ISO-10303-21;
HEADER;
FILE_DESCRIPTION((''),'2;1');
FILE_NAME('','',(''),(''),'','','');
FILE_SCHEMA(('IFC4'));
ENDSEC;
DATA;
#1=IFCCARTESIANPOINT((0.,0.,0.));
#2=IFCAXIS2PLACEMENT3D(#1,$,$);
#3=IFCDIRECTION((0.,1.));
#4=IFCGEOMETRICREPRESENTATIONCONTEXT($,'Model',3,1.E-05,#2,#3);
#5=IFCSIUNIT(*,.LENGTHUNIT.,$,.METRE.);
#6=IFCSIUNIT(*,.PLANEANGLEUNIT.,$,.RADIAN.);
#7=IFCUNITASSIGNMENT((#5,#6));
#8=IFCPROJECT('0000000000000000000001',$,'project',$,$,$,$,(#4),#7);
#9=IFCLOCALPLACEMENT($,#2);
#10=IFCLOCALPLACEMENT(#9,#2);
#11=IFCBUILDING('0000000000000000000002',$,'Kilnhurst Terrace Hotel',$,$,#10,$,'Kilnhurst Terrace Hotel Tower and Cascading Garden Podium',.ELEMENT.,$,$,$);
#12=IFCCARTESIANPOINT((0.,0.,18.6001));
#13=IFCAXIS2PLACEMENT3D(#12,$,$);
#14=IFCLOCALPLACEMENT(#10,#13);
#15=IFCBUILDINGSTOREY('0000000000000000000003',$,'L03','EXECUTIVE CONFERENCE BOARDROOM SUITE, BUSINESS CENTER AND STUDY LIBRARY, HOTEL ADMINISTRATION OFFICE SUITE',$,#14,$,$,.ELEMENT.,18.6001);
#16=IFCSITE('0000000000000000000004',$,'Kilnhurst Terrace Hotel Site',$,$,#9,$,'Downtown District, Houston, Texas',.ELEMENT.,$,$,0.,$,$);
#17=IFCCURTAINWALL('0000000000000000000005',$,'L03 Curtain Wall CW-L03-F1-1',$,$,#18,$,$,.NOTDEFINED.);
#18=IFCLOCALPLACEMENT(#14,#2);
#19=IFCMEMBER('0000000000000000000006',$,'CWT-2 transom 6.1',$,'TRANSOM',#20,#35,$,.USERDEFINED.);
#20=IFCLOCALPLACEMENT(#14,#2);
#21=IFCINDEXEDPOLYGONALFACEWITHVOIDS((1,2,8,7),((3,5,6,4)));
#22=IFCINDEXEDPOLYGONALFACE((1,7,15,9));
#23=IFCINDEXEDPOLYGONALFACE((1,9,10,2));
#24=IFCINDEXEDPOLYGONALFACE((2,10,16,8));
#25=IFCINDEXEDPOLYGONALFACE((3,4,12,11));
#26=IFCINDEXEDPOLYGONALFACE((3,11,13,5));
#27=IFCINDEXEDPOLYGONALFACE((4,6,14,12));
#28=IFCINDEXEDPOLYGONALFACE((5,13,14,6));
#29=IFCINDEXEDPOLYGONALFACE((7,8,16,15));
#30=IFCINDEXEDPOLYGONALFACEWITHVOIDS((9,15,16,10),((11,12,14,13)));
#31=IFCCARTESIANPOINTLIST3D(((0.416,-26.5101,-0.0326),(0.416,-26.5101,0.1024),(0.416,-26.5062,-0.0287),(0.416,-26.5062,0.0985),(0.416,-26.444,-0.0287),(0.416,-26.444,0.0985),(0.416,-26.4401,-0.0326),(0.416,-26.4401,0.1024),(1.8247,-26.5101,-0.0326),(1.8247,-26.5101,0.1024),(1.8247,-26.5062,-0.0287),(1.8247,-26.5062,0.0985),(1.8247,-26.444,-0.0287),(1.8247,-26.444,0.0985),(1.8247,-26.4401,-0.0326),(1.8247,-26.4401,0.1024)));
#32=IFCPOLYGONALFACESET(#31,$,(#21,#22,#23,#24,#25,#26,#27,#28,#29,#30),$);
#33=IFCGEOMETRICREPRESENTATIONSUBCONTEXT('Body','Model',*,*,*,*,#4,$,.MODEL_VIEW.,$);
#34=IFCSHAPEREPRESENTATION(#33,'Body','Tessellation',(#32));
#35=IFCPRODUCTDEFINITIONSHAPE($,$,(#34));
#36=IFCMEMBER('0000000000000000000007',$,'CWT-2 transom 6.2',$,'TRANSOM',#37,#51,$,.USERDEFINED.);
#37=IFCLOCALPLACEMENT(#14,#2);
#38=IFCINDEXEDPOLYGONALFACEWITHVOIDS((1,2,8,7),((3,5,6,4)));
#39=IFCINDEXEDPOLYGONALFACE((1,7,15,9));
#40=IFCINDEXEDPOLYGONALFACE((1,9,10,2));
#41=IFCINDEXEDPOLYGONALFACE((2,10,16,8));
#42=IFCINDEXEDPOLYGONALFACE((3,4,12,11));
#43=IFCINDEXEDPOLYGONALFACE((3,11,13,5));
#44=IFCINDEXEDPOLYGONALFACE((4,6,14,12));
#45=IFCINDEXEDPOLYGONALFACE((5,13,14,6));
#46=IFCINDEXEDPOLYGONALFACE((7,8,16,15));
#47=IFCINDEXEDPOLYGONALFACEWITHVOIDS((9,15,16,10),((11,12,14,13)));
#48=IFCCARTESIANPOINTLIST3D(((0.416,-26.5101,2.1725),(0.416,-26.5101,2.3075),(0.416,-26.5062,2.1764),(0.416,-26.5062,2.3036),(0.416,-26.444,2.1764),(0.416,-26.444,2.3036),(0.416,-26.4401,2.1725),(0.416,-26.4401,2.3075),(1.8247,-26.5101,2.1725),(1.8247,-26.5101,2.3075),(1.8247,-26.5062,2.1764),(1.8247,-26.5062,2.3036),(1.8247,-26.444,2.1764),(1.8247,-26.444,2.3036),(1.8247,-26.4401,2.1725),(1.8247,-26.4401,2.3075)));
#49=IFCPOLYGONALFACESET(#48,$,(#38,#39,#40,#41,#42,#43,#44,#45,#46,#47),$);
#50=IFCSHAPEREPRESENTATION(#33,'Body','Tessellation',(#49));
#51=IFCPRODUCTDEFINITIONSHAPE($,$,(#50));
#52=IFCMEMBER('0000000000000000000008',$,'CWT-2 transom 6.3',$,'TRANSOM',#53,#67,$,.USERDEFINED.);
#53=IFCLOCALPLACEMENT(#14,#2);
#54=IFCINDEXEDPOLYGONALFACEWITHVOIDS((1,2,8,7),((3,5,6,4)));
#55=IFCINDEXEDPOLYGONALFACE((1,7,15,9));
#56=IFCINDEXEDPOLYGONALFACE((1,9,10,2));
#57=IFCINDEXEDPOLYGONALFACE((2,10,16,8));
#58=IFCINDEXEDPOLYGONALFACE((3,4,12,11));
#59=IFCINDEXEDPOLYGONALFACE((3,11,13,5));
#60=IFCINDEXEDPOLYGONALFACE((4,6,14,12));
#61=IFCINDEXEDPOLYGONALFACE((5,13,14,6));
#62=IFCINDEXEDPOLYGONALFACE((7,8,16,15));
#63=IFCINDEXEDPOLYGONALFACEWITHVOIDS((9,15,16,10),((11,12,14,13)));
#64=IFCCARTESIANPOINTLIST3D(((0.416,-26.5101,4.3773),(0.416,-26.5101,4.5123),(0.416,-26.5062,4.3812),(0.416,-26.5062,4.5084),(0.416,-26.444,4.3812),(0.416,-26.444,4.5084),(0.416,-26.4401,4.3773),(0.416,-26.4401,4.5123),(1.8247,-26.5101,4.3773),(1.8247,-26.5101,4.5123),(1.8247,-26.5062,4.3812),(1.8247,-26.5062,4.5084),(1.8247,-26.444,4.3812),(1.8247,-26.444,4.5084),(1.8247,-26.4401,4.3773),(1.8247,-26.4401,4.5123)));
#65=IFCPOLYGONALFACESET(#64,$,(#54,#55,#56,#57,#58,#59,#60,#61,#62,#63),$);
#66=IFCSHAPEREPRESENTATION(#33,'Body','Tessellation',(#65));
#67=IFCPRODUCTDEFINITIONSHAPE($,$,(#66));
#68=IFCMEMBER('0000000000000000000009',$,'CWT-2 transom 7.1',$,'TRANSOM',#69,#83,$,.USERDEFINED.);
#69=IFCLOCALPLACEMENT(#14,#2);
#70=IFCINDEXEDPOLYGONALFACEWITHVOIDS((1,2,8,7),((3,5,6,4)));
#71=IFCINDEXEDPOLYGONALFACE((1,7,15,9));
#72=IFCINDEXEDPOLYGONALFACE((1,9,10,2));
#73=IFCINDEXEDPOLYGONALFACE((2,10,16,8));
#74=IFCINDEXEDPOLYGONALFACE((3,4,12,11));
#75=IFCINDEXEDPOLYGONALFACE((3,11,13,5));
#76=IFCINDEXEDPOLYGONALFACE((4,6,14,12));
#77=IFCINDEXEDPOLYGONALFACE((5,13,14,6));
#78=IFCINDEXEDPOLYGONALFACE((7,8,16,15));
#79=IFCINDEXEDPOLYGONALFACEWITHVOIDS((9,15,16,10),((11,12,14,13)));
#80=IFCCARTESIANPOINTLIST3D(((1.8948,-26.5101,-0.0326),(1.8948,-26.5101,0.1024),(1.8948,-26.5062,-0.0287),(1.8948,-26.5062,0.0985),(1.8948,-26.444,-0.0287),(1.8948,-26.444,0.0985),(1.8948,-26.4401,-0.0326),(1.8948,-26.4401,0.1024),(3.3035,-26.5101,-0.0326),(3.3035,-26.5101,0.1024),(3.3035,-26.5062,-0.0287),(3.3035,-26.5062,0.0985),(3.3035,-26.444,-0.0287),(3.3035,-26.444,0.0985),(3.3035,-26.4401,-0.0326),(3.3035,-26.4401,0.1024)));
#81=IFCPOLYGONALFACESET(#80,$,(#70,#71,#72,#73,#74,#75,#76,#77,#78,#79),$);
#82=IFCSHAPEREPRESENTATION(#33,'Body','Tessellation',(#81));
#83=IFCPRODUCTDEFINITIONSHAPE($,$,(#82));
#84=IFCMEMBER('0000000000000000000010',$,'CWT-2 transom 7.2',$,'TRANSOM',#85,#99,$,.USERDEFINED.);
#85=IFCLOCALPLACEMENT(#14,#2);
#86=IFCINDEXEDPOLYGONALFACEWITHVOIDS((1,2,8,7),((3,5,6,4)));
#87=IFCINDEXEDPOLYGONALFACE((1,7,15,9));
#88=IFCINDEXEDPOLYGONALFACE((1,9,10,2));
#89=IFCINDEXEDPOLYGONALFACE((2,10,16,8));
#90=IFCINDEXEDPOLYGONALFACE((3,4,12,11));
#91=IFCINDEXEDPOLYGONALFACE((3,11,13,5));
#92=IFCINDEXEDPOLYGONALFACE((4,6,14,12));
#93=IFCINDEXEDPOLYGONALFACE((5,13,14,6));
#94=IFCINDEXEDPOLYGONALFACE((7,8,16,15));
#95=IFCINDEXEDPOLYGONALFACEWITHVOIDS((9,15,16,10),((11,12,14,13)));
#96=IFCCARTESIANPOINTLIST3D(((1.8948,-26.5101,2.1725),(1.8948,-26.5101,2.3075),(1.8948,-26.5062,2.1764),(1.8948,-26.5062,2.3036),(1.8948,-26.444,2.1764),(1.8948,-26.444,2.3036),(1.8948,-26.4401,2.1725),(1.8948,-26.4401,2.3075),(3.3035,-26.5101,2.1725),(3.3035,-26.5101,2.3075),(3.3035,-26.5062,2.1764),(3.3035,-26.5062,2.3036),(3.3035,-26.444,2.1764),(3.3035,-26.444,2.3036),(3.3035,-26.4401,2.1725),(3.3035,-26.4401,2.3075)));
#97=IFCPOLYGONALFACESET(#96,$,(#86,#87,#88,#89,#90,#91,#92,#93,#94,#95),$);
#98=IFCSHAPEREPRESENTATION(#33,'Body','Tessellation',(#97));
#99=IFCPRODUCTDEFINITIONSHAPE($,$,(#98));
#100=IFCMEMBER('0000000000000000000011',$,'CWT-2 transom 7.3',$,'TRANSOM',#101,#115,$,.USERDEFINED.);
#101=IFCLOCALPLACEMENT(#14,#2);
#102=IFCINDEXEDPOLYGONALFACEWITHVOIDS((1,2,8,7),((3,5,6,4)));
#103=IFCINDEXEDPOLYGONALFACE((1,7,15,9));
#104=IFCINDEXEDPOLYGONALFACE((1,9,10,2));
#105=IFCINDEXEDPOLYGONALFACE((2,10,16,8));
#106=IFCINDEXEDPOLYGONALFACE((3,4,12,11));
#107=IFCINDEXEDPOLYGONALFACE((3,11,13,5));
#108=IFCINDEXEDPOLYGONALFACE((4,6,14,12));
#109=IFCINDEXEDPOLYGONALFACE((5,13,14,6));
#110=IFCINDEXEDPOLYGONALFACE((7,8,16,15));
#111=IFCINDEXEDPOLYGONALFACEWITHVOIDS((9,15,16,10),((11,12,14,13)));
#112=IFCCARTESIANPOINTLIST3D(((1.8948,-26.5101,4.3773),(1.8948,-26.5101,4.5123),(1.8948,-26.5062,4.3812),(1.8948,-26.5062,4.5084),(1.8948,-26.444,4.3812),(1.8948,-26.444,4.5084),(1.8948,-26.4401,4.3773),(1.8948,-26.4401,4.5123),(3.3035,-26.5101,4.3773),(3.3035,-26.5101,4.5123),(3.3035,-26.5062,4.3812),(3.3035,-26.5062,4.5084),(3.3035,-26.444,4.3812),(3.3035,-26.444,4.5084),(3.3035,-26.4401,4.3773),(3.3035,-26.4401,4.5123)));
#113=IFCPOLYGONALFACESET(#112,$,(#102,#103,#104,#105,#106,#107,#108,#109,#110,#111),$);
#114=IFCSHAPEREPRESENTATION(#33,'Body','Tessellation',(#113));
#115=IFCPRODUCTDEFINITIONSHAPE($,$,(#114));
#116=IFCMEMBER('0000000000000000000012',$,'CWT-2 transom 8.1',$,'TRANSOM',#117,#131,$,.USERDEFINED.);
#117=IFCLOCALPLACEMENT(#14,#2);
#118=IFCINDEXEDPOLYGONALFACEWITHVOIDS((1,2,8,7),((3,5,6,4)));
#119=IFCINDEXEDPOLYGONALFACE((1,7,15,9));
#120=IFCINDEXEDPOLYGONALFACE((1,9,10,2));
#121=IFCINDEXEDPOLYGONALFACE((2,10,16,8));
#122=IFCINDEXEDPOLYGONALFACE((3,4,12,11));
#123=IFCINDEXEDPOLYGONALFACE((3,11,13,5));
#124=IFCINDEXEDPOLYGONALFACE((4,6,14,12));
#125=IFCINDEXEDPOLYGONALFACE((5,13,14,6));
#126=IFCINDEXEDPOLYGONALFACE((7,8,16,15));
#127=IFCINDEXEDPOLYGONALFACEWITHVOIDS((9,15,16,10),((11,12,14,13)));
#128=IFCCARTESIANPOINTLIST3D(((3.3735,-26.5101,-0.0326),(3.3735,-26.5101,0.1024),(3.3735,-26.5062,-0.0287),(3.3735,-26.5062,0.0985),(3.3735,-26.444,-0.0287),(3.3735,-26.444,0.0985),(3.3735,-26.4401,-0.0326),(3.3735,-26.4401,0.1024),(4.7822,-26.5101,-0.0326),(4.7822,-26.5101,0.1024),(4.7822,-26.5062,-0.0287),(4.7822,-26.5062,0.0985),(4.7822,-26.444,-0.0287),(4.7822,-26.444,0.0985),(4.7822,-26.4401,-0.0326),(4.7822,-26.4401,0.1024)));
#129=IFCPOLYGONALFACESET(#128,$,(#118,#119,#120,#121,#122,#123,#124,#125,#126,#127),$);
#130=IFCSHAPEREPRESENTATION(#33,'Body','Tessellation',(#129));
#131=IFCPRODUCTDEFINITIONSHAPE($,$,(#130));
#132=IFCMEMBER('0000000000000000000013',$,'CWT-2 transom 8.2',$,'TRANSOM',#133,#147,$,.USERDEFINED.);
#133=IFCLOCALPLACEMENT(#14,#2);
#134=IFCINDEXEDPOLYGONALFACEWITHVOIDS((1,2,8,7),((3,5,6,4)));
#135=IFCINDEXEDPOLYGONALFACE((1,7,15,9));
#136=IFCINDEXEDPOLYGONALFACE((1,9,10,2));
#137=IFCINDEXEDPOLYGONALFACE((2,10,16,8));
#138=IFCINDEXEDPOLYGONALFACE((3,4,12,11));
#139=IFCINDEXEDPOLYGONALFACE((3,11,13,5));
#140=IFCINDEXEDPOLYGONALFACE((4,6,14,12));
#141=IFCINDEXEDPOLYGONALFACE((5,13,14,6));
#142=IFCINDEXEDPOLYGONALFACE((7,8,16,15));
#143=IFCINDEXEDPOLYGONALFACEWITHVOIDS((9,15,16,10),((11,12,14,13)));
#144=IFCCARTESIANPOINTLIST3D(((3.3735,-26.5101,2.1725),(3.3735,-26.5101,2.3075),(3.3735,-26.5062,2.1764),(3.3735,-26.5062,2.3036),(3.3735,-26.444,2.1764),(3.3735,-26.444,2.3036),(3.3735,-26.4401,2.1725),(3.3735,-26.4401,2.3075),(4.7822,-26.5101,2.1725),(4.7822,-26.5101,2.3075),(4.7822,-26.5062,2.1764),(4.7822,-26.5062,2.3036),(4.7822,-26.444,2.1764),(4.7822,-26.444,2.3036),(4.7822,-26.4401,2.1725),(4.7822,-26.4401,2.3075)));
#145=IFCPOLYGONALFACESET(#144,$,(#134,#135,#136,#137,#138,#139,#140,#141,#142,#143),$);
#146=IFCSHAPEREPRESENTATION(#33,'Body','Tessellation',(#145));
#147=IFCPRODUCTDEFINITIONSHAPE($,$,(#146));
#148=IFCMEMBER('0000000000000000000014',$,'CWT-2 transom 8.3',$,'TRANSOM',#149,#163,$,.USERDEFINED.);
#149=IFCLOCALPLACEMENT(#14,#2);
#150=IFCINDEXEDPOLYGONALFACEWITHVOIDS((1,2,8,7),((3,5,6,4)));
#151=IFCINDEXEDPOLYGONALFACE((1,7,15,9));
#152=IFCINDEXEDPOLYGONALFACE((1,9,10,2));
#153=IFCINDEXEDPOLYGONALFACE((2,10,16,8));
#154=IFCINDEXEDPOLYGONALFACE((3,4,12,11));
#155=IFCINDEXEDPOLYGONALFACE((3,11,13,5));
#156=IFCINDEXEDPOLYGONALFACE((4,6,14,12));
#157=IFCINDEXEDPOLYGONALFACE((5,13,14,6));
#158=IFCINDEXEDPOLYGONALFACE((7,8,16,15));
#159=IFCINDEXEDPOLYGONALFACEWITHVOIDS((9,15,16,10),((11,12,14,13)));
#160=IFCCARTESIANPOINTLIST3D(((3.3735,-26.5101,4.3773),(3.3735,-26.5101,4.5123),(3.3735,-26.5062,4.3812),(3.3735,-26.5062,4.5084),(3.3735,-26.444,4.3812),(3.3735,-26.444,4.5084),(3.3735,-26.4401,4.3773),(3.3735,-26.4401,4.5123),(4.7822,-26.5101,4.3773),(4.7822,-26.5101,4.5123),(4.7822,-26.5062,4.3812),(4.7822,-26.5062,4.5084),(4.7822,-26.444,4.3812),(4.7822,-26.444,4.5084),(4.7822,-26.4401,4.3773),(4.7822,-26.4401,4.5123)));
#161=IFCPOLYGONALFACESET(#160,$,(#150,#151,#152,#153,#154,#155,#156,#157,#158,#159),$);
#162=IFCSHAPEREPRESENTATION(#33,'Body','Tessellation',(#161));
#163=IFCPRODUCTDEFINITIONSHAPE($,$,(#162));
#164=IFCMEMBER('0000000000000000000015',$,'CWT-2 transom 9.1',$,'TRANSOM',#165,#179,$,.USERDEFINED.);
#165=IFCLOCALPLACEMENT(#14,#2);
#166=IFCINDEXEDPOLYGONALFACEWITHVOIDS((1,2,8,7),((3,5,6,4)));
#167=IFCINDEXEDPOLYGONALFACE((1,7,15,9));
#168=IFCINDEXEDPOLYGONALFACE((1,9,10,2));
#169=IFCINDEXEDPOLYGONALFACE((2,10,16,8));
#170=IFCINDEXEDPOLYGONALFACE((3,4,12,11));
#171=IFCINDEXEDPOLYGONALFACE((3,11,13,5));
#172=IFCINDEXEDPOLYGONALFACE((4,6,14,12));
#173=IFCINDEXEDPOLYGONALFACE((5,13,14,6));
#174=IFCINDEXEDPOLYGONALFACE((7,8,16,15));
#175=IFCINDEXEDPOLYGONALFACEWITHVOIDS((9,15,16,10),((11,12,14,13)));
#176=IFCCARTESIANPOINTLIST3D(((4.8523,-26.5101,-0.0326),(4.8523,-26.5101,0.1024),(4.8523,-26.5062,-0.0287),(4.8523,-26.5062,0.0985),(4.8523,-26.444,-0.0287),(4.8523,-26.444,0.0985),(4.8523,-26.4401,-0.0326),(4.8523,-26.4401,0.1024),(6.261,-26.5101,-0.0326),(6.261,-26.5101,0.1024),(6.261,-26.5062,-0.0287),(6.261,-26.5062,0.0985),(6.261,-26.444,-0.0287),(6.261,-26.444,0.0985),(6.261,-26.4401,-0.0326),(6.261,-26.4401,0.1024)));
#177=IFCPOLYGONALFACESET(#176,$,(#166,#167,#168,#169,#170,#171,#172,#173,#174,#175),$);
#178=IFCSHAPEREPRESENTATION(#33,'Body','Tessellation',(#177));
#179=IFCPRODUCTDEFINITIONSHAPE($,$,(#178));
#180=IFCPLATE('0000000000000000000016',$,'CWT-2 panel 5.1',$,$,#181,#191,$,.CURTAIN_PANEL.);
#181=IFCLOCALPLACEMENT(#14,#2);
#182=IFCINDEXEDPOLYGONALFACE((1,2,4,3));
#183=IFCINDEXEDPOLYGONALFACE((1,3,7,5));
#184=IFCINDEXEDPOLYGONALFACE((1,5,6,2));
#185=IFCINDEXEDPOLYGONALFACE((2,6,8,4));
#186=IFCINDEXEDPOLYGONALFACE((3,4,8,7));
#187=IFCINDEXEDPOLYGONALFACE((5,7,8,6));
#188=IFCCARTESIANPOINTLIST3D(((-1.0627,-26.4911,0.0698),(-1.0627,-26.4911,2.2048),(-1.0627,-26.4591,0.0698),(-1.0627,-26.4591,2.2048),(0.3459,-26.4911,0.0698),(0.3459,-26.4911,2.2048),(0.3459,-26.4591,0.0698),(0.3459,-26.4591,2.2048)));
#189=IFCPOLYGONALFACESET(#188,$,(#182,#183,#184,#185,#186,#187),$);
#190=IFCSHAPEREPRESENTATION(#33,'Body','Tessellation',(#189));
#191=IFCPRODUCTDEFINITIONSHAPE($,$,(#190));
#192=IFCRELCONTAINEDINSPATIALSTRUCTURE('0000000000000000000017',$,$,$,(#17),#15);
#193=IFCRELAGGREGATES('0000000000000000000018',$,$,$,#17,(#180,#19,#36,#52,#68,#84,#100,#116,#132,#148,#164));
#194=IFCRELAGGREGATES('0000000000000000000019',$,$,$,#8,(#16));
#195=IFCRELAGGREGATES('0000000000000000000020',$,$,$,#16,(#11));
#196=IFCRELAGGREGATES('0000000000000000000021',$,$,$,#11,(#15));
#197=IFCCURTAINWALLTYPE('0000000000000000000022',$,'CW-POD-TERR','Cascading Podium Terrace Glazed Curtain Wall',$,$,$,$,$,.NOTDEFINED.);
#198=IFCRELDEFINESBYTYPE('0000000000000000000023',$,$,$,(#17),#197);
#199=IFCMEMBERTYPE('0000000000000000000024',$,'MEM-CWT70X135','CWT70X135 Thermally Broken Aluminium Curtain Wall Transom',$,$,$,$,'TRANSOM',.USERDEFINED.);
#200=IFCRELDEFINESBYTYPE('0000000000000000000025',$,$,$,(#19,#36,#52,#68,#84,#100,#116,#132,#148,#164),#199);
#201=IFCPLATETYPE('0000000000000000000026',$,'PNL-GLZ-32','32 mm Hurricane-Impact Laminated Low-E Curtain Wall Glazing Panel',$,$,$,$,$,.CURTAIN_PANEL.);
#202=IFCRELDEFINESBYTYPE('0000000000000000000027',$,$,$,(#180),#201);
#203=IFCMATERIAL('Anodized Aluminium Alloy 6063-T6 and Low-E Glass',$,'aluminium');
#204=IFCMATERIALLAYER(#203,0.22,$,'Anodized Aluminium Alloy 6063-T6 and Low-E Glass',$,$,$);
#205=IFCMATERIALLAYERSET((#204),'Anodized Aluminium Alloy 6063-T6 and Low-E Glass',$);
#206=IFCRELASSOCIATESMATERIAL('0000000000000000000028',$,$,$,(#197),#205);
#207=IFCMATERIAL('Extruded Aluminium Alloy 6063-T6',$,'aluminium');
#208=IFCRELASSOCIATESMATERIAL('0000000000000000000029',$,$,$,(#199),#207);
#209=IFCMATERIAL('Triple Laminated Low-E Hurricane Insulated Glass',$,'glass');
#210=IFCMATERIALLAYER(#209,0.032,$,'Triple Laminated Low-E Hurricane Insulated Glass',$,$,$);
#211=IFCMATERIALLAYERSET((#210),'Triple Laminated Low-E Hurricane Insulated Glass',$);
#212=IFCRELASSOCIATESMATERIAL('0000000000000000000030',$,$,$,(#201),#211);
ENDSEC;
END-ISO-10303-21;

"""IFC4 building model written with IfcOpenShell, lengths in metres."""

from ifc_helpers import new_model, si_unit, direction, frame, origin, origin_2d, place, context, subcontext, project, spatial, rectangle, hollow_rectangle, extrude, material, layer, layer_set, material_profile, profile_set, type_object, element, aggregate, save


model = new_model("IFC4")

# Units and contexts
model_context = context("Model", 3, precision=1e-05, world=origin(), true_north=direction((0.0, 1.0)))
body_context = subcontext(model_context, "Body", "Model", "MODEL_VIEW")
ifc_project = project(units=[si_unit("LENGTHUNIT", "METRE"), si_unit("PLANEANGLEUNIT", "RADIAN")], contexts=[model_context])

# Site, building, storey
site_placement = place(None, origin())
site = spatial("IfcSite", under=ifc_project, at=site_placement, Name="Kilnhurst Terrace Hotel Site", LongName="Downtown District, Houston, Texas", CompositionType="ELEMENT", RefElevation=0.0)
building_placement = place(site_placement, origin())
building = spatial("IfcBuilding", under=site, at=building_placement, Name="Kilnhurst Terrace Hotel", LongName="Kilnhurst Terrace Hotel Tower and Cascading Garden Podium", CompositionType="ELEMENT")
storey_placement = place(building_placement, frame((0.0, 0.0, 18.6001)))
storey = spatial("IfcBuildingStorey", under=building, at=storey_placement, Name="L03", Description="EXECUTIVE CONFERENCE BOARDROOM SUITE, BUSINESS CENTER AND STUDY LIBRARY, HOTEL ADMINISTRATION OFFICE SUITE", CompositionType="ELEMENT", Elevation=18.6001)

# Curtain wall, members, plate
ifc_material_1 = material(Name="Anodized Aluminium Alloy 6063-T6 and Low-E Glass", Category="aluminium")
ifc_layer_1 = layer(ifc_material_1, 0.22, Name="Anodized Aluminium Alloy 6063-T6 and Low-E Glass")
ifc_layer_set_1 = layer_set([ifc_layer_1], Name="Anodized Aluminium Alloy 6063-T6 and Low-E Glass")
curtain_wall_type = type_object("IfcCurtainWallType", Name="CW-POD-TERR", Description="Cascading Podium Terrace Glazed Curtain Wall", PredefinedType="NOTDEFINED", material=ifc_layer_set_1)
curtain_wall_placement = place(storey_placement, origin())
curtain_wall = element("IfcCurtainWall", 1, at=curtain_wall_placement, inside=storey, type_object=curtain_wall_type, Name="L03 Curtain Wall CW-L03-F1-1", PredefinedType="NOTDEFINED")
ifc_material_2 = material(Name="Extruded Aluminium Alloy 6063-T6", Category="aluminium")
ifc_material_profile_1 = material_profile(ifc_material_2, hollow_rectangle(XDim=0.0701, YDim=0.135, WallThickness=0.0039, at=origin_2d()), Name="CWT70X135")
ifc_profile_set_1 = profile_set([ifc_material_profile_1], Name="Extruded Aluminium Alloy 6063-T6")
member_type_1 = type_object("IfcMemberType", Name="MEM-CWT70X135", Description="CWT70X135 Thermally Broken Aluminium Curtain Wall Transom", ElementType="TRANSOM", PredefinedType="USERDEFINED", material=ifc_profile_set_1)
member_1_placement = place(storey_placement, frame((0.416, -26.4751, 0.0349), z_axis=(1.0, 0.0, 0.0), x_axis=(0.0, 1.0, 0.0)))
member_1 = element("IfcMember", 2, at=member_1_placement, type_object=member_type_1, Name="CWT-2 transom 6.1", ObjectType="TRANSOM", PredefinedType="USERDEFINED", context=body_context, shape_type="SweptSolid", body=[
    extrude(hollow_rectangle(XDim=0.0701, YDim=0.135, WallThickness=0.0039, at=origin_2d()), origin(), (0.0, 0.0, 1.0), 1.4087),
])
member_2_placement = place(storey_placement, frame((0.416, -26.4751, 2.24), z_axis=(1.0, 0.0, 0.0), x_axis=(0.0, 1.0, 0.0)))
member_2 = element("IfcMember", 3, at=member_2_placement, type_object=member_type_1, Name="CWT-2 transom 6.2", ObjectType="TRANSOM", PredefinedType="USERDEFINED", context=body_context, shape_type="SweptSolid", body=[
    extrude(hollow_rectangle(XDim=0.0701, YDim=0.135, WallThickness=0.0039, at=origin_2d()), origin(), (0.0, 0.0, 1.0), 1.4087),
])
member_3_placement = place(storey_placement, frame((0.416, -26.4751, 4.4448), z_axis=(1.0, 0.0, 0.0), x_axis=(0.0, 1.0, 0.0)))
member_3 = element("IfcMember", 4, at=member_3_placement, type_object=member_type_1, Name="CWT-2 transom 6.3", ObjectType="TRANSOM", PredefinedType="USERDEFINED", context=body_context, shape_type="SweptSolid", body=[
    extrude(hollow_rectangle(XDim=0.0701, YDim=0.135, WallThickness=0.0039, at=origin_2d()), origin(), (0.0, 0.0, 1.0), 1.4087),
])
member_4_placement = place(storey_placement, frame((1.8948, -26.4751, 0.0349), z_axis=(1.0, 0.0, 0.0), x_axis=(0.0, 1.0, 0.0)))
member_4 = element("IfcMember", 5, at=member_4_placement, type_object=member_type_1, Name="CWT-2 transom 7.1", ObjectType="TRANSOM", PredefinedType="USERDEFINED", context=body_context, shape_type="SweptSolid", body=[
    extrude(hollow_rectangle(XDim=0.0701, YDim=0.135, WallThickness=0.0039, at=origin_2d()), origin(), (0.0, 0.0, 1.0), 1.4087),
])
member_5_placement = place(storey_placement, frame((1.8948, -26.4751, 2.24), z_axis=(1.0, 0.0, 0.0), x_axis=(0.0, 1.0, 0.0)))
member_5 = element("IfcMember", 6, at=member_5_placement, type_object=member_type_1, Name="CWT-2 transom 7.2", ObjectType="TRANSOM", PredefinedType="USERDEFINED", context=body_context, shape_type="SweptSolid", body=[
    extrude(hollow_rectangle(XDim=0.0701, YDim=0.135, WallThickness=0.0039, at=origin_2d()), origin(), (0.0, 0.0, 1.0), 1.4087),
])
member_6_placement = place(storey_placement, frame((1.8948, -26.4751, 4.4448), z_axis=(1.0, 0.0, 0.0), x_axis=(0.0, 1.0, 0.0)))
member_6 = element("IfcMember", 7, at=member_6_placement, type_object=member_type_1, Name="CWT-2 transom 7.3", ObjectType="TRANSOM", PredefinedType="USERDEFINED", context=body_context, shape_type="SweptSolid", body=[
    extrude(hollow_rectangle(XDim=0.0701, YDim=0.135, WallThickness=0.0039, at=origin_2d()), origin(), (0.0, 0.0, 1.0), 1.4087),
])
member_7_placement = place(storey_placement, frame((3.3735, -26.4751, 0.0349), z_axis=(1.0, 0.0, 0.0), x_axis=(0.0, 1.0, 0.0)))
member_7 = element("IfcMember", 8, at=member_7_placement, type_object=member_type_1, Name="CWT-2 transom 8.1", ObjectType="TRANSOM", PredefinedType="USERDEFINED", context=body_context, shape_type="SweptSolid", body=[
    extrude(hollow_rectangle(XDim=0.0701, YDim=0.135, WallThickness=0.0039, at=origin_2d()), origin(), (0.0, 0.0, 1.0), 1.4087),
])
member_8_placement = place(storey_placement, frame((3.3735, -26.4751, 2.24), z_axis=(1.0, 0.0, 0.0), x_axis=(0.0, 1.0, 0.0)))
member_8 = element("IfcMember", 9, at=member_8_placement, type_object=member_type_1, Name="CWT-2 transom 8.2", ObjectType="TRANSOM", PredefinedType="USERDEFINED", context=body_context, shape_type="SweptSolid", body=[
    extrude(hollow_rectangle(XDim=0.0701, YDim=0.135, WallThickness=0.0039, at=origin_2d()), origin(), (0.0, 0.0, 1.0), 1.4087),
])
member_9_placement = place(storey_placement, frame((3.3735, -26.4751, 4.4448), z_axis=(1.0, 0.0, 0.0), x_axis=(0.0, 1.0, 0.0)))
member_9 = element("IfcMember", 10, at=member_9_placement, type_object=member_type_1, Name="CWT-2 transom 8.3", ObjectType="TRANSOM", PredefinedType="USERDEFINED", context=body_context, shape_type="SweptSolid", body=[
    extrude(hollow_rectangle(XDim=0.0701, YDim=0.135, WallThickness=0.0039, at=origin_2d()), origin(), (0.0, 0.0, 1.0), 1.4087),
])
member_10_placement = place(storey_placement, frame((4.8523, -26.4751, 0.0349), z_axis=(1.0, 0.0, 0.0), x_axis=(0.0, 1.0, 0.0)))
member_10 = element("IfcMember", 11, at=member_10_placement, type_object=member_type_1, Name="CWT-2 transom 9.1", ObjectType="TRANSOM", PredefinedType="USERDEFINED", context=body_context, shape_type="SweptSolid", body=[
    extrude(hollow_rectangle(XDim=0.0701, YDim=0.135, WallThickness=0.0039, at=origin_2d()), origin(), (0.0, 0.0, 1.0), 1.4087),
])
ifc_material_3 = material(Name="Triple Laminated Low-E Hurricane Insulated Glass", Category="glass")
ifc_layer_2 = layer(ifc_material_3, 0.032, Name="Triple Laminated Low-E Hurricane Insulated Glass")
ifc_layer_set_2 = layer_set([ifc_layer_2], Name="Triple Laminated Low-E Hurricane Insulated Glass")
plate_type = type_object("IfcPlateType", Name="PNL-GLZ-32", Description="32 mm Hurricane-Impact Laminated Low-E Curtain Wall Glazing Panel", PredefinedType="CURTAIN_PANEL", material=ifc_layer_set_2)
plate_1_placement = place(storey_placement, frame((-0.3584, -26.4751, 0.0698), z_axis=(0.0, 0.0, 1.0), x_axis=(1.0, 0.0, 0.0)))
plate_1 = element("IfcPlate", 12, at=plate_1_placement, type_object=plate_type, Name="CWT-2 panel 5.1", PredefinedType="CURTAIN_PANEL", context=body_context, shape_type="SweptSolid", body=[
    extrude(rectangle(XDim=1.4087, YDim=0.032, at=origin_2d()), origin(), (0.0, 0.0, 1.0), 2.135),
])
aggregate(curtain_wall, [plate_1, member_1, member_2, member_3, member_4, member_5, member_6, member_7, member_8, member_9, member_10])

save(model, "model.ifc")
